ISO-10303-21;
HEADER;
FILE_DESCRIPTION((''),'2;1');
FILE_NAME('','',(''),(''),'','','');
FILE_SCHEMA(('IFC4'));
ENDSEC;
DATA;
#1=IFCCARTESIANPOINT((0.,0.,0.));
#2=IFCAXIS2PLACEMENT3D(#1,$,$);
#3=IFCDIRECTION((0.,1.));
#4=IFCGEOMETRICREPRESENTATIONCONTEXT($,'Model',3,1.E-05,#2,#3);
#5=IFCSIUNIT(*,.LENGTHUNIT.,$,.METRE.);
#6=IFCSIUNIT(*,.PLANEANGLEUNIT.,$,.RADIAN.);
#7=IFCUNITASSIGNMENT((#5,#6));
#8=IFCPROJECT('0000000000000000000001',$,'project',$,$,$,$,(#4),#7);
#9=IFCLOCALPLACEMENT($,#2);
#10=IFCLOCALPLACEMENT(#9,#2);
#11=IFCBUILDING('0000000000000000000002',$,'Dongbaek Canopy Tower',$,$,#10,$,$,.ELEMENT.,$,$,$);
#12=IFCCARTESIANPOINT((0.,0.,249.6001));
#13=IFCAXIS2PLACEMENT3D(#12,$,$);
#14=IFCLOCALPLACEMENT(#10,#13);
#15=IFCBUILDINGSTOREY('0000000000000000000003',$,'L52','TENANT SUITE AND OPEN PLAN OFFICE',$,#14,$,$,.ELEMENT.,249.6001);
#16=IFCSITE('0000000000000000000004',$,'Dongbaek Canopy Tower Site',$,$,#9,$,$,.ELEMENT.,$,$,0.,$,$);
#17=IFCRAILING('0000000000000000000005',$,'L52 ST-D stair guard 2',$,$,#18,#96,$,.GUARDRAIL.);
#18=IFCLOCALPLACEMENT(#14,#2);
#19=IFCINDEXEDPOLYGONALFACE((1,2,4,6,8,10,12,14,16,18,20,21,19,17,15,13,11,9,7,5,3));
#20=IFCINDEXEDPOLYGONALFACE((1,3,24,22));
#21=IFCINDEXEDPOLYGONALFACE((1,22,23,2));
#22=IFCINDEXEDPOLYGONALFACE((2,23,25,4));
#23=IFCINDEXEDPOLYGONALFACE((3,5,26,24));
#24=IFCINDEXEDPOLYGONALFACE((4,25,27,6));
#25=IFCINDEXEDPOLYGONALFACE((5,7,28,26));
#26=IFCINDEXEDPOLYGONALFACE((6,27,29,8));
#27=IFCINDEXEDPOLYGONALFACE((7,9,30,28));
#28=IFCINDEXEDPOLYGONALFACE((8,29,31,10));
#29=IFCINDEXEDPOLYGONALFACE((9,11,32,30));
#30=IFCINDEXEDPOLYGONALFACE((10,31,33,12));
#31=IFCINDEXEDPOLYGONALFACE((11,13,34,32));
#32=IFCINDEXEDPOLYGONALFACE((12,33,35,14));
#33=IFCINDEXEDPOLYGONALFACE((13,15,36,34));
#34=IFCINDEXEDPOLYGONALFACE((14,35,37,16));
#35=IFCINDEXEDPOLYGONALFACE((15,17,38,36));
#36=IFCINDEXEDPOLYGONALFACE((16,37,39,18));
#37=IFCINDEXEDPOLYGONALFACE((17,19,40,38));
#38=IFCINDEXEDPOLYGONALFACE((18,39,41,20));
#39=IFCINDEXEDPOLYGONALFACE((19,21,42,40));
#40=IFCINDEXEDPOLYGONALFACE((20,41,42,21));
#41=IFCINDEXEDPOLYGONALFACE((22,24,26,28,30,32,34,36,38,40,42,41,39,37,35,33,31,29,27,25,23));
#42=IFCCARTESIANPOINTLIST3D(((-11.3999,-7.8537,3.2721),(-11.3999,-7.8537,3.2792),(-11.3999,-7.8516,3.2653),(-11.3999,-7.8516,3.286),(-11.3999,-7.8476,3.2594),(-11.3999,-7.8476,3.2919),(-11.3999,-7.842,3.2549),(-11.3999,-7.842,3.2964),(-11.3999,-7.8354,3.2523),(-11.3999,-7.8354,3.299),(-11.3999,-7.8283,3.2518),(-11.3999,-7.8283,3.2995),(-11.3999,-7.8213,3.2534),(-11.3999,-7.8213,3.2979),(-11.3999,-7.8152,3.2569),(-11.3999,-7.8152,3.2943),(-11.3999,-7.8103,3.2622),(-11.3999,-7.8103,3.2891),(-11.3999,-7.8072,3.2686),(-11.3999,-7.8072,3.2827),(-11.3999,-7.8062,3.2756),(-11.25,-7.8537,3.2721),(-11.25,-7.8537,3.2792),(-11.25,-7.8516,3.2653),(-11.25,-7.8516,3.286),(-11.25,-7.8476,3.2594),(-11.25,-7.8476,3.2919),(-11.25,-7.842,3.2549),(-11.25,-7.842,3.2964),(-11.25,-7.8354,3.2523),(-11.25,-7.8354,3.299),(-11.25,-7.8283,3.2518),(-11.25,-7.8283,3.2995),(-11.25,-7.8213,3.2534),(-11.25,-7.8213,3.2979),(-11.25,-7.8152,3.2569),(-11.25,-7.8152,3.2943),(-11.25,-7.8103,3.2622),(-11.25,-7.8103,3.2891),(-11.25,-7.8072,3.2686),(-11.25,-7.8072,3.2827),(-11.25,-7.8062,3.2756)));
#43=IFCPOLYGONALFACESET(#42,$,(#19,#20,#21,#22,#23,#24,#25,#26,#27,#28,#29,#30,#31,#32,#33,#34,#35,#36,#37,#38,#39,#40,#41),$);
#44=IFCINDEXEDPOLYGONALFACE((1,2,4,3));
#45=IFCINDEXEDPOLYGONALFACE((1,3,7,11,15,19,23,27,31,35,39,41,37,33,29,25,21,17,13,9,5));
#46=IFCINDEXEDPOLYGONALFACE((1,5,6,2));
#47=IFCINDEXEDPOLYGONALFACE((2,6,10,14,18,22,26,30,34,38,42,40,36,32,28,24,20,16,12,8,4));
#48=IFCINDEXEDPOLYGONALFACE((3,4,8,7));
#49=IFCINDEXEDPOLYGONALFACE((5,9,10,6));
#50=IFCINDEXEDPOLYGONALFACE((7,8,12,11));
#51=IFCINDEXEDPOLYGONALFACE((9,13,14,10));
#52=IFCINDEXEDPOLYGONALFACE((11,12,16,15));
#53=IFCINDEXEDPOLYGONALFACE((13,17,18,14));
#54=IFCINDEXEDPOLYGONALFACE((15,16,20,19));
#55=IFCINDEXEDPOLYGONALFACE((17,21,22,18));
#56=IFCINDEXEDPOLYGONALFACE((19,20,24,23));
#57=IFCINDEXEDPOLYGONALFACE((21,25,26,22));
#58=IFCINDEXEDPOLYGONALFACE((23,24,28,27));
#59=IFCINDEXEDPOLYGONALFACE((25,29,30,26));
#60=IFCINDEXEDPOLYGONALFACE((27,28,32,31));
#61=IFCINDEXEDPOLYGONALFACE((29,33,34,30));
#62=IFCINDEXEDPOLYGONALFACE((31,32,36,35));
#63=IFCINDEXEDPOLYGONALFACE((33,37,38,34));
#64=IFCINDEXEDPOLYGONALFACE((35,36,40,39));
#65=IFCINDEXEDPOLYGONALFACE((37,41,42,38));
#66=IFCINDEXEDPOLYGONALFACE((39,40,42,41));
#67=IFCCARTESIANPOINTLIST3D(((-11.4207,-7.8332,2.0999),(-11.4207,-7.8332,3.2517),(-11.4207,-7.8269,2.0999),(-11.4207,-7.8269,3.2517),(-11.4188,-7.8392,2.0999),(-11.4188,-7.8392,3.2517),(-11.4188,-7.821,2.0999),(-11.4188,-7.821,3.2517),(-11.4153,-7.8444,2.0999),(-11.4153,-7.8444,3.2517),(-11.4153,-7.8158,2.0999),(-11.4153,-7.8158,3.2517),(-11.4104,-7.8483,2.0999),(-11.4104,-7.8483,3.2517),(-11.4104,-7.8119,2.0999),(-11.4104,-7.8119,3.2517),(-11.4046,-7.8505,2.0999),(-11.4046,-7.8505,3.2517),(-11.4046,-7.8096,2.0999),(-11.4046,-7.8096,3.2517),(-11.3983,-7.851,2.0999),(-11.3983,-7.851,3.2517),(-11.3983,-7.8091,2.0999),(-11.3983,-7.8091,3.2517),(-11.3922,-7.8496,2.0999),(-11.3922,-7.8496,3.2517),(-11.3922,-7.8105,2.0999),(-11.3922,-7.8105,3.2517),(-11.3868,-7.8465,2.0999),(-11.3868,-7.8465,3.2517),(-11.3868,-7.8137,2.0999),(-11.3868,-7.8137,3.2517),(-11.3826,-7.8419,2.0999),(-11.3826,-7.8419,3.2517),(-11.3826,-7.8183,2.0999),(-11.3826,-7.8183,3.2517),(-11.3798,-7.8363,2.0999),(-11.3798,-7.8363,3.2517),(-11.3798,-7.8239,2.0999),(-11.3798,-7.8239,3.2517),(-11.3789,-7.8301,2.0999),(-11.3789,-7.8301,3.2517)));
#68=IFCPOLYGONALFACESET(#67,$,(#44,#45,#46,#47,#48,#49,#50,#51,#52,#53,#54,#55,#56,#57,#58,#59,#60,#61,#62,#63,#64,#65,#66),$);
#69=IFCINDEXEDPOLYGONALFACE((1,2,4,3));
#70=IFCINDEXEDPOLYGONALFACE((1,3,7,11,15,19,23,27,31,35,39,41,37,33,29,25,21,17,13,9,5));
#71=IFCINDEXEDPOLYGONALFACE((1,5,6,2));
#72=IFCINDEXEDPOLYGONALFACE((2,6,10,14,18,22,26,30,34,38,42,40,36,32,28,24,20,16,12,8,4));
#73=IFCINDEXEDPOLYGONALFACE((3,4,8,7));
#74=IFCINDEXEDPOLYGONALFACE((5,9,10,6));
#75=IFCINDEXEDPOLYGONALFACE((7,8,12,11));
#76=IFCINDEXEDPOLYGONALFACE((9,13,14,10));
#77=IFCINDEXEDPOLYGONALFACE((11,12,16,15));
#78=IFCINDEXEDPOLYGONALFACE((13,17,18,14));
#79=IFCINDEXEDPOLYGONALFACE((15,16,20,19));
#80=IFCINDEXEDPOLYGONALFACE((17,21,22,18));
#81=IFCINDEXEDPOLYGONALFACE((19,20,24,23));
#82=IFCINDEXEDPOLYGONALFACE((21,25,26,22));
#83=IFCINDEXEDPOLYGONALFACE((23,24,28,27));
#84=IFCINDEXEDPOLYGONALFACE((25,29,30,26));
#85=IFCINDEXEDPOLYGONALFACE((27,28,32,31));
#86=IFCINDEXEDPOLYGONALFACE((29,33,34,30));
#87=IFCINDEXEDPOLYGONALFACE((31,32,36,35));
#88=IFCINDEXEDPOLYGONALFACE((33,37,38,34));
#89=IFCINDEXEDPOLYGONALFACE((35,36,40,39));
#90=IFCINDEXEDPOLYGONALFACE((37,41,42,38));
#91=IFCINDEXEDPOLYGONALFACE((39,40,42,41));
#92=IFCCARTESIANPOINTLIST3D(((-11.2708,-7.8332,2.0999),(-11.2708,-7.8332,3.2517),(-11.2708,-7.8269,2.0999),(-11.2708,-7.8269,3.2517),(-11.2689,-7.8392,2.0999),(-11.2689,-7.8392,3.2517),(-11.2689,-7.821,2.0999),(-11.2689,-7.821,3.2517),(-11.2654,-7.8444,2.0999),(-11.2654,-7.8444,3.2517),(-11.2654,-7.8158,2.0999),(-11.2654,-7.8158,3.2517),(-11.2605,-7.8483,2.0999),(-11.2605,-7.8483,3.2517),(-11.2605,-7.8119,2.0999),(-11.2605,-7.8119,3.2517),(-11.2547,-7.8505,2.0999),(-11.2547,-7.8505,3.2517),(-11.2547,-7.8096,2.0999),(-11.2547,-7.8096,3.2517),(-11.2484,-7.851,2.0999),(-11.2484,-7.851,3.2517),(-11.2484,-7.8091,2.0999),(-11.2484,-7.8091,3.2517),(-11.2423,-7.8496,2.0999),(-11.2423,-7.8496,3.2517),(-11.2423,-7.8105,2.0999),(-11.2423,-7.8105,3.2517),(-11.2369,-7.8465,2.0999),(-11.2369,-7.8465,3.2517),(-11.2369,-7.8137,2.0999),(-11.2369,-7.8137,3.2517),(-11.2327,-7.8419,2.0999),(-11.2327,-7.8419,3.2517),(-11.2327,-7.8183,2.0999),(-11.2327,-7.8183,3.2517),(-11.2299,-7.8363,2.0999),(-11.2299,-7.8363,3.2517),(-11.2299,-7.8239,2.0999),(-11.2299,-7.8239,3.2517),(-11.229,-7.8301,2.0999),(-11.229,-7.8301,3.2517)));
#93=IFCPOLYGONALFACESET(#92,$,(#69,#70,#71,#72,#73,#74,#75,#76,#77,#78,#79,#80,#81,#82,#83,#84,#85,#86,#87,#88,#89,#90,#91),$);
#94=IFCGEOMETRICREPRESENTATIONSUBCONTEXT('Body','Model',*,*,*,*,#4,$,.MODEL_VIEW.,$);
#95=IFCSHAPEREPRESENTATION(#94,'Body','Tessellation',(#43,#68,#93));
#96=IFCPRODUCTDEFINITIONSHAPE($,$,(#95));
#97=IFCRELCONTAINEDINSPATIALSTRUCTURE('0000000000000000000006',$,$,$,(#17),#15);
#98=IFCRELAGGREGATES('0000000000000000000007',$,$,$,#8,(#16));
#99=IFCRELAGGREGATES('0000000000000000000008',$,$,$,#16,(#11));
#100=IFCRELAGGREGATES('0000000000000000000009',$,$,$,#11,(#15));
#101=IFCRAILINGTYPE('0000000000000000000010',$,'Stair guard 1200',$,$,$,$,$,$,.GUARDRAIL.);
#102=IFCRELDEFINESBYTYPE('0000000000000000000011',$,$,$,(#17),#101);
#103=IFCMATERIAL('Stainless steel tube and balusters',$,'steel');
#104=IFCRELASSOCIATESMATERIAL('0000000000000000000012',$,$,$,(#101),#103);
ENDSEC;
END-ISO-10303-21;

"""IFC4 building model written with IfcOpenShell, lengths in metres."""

from ifc_helpers import new_model, si_unit, direction, frame, origin, origin_2d, place, context, subcontext, project, spatial, circle, extrude, material, type_object, element, save


model = new_model("IFC4")

# Units and contexts
model_context = context("Model", 3, precision=1e-05, world=origin(), true_north=direction((0.0, 1.0)))
body_context = subcontext(model_context, "Body", "Model", "MODEL_VIEW")
ifc_project = project(units=[si_unit("LENGTHUNIT", "METRE"), si_unit("PLANEANGLEUNIT", "RADIAN")], contexts=[model_context])

# Site, building, storey
site_placement = place(None, origin())
site = spatial("IfcSite", under=ifc_project, at=site_placement, Name="Dongbaek Canopy Tower Site", CompositionType="ELEMENT", RefElevation=0.0)
building_placement = place(site_placement, origin())
building = spatial("IfcBuilding", under=site, at=building_placement, Name="Dongbaek Canopy Tower", CompositionType="ELEMENT")
storey_placement = place(building_placement, frame((0.0, 0.0, 249.6001)))
storey = spatial("IfcBuildingStorey", under=building, at=storey_placement, Name="L52", Description="TENANT SUITE AND OPEN PLAN OFFICE", CompositionType="ELEMENT", Elevation=249.6001)

# Railing
ifc_material_1 = material(Name="Stainless steel tube and balusters", Category="steel")
railing_type_1 = type_object("IfcRailingType", Name="Stair guard 1200", PredefinedType="GUARDRAIL", material=ifc_material_1)
railing_1_placement = place(storey_placement, frame((-11.3999, -7.8301, 2.0999)))
element("IfcRailing", 1, at=railing_1_placement, inside=storey, type_object=railing_type_1, Name="L52 ST-D stair guard 2", PredefinedType="GUARDRAIL", context=body_context, shape_type="SweptSolid", body=[
    extrude(circle(Radius=0.0239, at=origin_2d()), frame((0.0, 0.0, 1.1758), z_axis=(1.0, 0.0, 0.0), x_axis=(0.0, 1.0, 0.0)), (0.0, 0.0, 1.0), 0.1499),
    extrude(circle(Radius=0.021, at=origin_2d()), origin(), (0.0, 0.0, 1.0), 1.1519),
    extrude(circle(Radius=0.021, at=origin_2d()), frame((0.1499, 0.0, 0.0)), (0.0, 0.0, 1.0), 1.1519),
])

save(model, "model.ifc")
